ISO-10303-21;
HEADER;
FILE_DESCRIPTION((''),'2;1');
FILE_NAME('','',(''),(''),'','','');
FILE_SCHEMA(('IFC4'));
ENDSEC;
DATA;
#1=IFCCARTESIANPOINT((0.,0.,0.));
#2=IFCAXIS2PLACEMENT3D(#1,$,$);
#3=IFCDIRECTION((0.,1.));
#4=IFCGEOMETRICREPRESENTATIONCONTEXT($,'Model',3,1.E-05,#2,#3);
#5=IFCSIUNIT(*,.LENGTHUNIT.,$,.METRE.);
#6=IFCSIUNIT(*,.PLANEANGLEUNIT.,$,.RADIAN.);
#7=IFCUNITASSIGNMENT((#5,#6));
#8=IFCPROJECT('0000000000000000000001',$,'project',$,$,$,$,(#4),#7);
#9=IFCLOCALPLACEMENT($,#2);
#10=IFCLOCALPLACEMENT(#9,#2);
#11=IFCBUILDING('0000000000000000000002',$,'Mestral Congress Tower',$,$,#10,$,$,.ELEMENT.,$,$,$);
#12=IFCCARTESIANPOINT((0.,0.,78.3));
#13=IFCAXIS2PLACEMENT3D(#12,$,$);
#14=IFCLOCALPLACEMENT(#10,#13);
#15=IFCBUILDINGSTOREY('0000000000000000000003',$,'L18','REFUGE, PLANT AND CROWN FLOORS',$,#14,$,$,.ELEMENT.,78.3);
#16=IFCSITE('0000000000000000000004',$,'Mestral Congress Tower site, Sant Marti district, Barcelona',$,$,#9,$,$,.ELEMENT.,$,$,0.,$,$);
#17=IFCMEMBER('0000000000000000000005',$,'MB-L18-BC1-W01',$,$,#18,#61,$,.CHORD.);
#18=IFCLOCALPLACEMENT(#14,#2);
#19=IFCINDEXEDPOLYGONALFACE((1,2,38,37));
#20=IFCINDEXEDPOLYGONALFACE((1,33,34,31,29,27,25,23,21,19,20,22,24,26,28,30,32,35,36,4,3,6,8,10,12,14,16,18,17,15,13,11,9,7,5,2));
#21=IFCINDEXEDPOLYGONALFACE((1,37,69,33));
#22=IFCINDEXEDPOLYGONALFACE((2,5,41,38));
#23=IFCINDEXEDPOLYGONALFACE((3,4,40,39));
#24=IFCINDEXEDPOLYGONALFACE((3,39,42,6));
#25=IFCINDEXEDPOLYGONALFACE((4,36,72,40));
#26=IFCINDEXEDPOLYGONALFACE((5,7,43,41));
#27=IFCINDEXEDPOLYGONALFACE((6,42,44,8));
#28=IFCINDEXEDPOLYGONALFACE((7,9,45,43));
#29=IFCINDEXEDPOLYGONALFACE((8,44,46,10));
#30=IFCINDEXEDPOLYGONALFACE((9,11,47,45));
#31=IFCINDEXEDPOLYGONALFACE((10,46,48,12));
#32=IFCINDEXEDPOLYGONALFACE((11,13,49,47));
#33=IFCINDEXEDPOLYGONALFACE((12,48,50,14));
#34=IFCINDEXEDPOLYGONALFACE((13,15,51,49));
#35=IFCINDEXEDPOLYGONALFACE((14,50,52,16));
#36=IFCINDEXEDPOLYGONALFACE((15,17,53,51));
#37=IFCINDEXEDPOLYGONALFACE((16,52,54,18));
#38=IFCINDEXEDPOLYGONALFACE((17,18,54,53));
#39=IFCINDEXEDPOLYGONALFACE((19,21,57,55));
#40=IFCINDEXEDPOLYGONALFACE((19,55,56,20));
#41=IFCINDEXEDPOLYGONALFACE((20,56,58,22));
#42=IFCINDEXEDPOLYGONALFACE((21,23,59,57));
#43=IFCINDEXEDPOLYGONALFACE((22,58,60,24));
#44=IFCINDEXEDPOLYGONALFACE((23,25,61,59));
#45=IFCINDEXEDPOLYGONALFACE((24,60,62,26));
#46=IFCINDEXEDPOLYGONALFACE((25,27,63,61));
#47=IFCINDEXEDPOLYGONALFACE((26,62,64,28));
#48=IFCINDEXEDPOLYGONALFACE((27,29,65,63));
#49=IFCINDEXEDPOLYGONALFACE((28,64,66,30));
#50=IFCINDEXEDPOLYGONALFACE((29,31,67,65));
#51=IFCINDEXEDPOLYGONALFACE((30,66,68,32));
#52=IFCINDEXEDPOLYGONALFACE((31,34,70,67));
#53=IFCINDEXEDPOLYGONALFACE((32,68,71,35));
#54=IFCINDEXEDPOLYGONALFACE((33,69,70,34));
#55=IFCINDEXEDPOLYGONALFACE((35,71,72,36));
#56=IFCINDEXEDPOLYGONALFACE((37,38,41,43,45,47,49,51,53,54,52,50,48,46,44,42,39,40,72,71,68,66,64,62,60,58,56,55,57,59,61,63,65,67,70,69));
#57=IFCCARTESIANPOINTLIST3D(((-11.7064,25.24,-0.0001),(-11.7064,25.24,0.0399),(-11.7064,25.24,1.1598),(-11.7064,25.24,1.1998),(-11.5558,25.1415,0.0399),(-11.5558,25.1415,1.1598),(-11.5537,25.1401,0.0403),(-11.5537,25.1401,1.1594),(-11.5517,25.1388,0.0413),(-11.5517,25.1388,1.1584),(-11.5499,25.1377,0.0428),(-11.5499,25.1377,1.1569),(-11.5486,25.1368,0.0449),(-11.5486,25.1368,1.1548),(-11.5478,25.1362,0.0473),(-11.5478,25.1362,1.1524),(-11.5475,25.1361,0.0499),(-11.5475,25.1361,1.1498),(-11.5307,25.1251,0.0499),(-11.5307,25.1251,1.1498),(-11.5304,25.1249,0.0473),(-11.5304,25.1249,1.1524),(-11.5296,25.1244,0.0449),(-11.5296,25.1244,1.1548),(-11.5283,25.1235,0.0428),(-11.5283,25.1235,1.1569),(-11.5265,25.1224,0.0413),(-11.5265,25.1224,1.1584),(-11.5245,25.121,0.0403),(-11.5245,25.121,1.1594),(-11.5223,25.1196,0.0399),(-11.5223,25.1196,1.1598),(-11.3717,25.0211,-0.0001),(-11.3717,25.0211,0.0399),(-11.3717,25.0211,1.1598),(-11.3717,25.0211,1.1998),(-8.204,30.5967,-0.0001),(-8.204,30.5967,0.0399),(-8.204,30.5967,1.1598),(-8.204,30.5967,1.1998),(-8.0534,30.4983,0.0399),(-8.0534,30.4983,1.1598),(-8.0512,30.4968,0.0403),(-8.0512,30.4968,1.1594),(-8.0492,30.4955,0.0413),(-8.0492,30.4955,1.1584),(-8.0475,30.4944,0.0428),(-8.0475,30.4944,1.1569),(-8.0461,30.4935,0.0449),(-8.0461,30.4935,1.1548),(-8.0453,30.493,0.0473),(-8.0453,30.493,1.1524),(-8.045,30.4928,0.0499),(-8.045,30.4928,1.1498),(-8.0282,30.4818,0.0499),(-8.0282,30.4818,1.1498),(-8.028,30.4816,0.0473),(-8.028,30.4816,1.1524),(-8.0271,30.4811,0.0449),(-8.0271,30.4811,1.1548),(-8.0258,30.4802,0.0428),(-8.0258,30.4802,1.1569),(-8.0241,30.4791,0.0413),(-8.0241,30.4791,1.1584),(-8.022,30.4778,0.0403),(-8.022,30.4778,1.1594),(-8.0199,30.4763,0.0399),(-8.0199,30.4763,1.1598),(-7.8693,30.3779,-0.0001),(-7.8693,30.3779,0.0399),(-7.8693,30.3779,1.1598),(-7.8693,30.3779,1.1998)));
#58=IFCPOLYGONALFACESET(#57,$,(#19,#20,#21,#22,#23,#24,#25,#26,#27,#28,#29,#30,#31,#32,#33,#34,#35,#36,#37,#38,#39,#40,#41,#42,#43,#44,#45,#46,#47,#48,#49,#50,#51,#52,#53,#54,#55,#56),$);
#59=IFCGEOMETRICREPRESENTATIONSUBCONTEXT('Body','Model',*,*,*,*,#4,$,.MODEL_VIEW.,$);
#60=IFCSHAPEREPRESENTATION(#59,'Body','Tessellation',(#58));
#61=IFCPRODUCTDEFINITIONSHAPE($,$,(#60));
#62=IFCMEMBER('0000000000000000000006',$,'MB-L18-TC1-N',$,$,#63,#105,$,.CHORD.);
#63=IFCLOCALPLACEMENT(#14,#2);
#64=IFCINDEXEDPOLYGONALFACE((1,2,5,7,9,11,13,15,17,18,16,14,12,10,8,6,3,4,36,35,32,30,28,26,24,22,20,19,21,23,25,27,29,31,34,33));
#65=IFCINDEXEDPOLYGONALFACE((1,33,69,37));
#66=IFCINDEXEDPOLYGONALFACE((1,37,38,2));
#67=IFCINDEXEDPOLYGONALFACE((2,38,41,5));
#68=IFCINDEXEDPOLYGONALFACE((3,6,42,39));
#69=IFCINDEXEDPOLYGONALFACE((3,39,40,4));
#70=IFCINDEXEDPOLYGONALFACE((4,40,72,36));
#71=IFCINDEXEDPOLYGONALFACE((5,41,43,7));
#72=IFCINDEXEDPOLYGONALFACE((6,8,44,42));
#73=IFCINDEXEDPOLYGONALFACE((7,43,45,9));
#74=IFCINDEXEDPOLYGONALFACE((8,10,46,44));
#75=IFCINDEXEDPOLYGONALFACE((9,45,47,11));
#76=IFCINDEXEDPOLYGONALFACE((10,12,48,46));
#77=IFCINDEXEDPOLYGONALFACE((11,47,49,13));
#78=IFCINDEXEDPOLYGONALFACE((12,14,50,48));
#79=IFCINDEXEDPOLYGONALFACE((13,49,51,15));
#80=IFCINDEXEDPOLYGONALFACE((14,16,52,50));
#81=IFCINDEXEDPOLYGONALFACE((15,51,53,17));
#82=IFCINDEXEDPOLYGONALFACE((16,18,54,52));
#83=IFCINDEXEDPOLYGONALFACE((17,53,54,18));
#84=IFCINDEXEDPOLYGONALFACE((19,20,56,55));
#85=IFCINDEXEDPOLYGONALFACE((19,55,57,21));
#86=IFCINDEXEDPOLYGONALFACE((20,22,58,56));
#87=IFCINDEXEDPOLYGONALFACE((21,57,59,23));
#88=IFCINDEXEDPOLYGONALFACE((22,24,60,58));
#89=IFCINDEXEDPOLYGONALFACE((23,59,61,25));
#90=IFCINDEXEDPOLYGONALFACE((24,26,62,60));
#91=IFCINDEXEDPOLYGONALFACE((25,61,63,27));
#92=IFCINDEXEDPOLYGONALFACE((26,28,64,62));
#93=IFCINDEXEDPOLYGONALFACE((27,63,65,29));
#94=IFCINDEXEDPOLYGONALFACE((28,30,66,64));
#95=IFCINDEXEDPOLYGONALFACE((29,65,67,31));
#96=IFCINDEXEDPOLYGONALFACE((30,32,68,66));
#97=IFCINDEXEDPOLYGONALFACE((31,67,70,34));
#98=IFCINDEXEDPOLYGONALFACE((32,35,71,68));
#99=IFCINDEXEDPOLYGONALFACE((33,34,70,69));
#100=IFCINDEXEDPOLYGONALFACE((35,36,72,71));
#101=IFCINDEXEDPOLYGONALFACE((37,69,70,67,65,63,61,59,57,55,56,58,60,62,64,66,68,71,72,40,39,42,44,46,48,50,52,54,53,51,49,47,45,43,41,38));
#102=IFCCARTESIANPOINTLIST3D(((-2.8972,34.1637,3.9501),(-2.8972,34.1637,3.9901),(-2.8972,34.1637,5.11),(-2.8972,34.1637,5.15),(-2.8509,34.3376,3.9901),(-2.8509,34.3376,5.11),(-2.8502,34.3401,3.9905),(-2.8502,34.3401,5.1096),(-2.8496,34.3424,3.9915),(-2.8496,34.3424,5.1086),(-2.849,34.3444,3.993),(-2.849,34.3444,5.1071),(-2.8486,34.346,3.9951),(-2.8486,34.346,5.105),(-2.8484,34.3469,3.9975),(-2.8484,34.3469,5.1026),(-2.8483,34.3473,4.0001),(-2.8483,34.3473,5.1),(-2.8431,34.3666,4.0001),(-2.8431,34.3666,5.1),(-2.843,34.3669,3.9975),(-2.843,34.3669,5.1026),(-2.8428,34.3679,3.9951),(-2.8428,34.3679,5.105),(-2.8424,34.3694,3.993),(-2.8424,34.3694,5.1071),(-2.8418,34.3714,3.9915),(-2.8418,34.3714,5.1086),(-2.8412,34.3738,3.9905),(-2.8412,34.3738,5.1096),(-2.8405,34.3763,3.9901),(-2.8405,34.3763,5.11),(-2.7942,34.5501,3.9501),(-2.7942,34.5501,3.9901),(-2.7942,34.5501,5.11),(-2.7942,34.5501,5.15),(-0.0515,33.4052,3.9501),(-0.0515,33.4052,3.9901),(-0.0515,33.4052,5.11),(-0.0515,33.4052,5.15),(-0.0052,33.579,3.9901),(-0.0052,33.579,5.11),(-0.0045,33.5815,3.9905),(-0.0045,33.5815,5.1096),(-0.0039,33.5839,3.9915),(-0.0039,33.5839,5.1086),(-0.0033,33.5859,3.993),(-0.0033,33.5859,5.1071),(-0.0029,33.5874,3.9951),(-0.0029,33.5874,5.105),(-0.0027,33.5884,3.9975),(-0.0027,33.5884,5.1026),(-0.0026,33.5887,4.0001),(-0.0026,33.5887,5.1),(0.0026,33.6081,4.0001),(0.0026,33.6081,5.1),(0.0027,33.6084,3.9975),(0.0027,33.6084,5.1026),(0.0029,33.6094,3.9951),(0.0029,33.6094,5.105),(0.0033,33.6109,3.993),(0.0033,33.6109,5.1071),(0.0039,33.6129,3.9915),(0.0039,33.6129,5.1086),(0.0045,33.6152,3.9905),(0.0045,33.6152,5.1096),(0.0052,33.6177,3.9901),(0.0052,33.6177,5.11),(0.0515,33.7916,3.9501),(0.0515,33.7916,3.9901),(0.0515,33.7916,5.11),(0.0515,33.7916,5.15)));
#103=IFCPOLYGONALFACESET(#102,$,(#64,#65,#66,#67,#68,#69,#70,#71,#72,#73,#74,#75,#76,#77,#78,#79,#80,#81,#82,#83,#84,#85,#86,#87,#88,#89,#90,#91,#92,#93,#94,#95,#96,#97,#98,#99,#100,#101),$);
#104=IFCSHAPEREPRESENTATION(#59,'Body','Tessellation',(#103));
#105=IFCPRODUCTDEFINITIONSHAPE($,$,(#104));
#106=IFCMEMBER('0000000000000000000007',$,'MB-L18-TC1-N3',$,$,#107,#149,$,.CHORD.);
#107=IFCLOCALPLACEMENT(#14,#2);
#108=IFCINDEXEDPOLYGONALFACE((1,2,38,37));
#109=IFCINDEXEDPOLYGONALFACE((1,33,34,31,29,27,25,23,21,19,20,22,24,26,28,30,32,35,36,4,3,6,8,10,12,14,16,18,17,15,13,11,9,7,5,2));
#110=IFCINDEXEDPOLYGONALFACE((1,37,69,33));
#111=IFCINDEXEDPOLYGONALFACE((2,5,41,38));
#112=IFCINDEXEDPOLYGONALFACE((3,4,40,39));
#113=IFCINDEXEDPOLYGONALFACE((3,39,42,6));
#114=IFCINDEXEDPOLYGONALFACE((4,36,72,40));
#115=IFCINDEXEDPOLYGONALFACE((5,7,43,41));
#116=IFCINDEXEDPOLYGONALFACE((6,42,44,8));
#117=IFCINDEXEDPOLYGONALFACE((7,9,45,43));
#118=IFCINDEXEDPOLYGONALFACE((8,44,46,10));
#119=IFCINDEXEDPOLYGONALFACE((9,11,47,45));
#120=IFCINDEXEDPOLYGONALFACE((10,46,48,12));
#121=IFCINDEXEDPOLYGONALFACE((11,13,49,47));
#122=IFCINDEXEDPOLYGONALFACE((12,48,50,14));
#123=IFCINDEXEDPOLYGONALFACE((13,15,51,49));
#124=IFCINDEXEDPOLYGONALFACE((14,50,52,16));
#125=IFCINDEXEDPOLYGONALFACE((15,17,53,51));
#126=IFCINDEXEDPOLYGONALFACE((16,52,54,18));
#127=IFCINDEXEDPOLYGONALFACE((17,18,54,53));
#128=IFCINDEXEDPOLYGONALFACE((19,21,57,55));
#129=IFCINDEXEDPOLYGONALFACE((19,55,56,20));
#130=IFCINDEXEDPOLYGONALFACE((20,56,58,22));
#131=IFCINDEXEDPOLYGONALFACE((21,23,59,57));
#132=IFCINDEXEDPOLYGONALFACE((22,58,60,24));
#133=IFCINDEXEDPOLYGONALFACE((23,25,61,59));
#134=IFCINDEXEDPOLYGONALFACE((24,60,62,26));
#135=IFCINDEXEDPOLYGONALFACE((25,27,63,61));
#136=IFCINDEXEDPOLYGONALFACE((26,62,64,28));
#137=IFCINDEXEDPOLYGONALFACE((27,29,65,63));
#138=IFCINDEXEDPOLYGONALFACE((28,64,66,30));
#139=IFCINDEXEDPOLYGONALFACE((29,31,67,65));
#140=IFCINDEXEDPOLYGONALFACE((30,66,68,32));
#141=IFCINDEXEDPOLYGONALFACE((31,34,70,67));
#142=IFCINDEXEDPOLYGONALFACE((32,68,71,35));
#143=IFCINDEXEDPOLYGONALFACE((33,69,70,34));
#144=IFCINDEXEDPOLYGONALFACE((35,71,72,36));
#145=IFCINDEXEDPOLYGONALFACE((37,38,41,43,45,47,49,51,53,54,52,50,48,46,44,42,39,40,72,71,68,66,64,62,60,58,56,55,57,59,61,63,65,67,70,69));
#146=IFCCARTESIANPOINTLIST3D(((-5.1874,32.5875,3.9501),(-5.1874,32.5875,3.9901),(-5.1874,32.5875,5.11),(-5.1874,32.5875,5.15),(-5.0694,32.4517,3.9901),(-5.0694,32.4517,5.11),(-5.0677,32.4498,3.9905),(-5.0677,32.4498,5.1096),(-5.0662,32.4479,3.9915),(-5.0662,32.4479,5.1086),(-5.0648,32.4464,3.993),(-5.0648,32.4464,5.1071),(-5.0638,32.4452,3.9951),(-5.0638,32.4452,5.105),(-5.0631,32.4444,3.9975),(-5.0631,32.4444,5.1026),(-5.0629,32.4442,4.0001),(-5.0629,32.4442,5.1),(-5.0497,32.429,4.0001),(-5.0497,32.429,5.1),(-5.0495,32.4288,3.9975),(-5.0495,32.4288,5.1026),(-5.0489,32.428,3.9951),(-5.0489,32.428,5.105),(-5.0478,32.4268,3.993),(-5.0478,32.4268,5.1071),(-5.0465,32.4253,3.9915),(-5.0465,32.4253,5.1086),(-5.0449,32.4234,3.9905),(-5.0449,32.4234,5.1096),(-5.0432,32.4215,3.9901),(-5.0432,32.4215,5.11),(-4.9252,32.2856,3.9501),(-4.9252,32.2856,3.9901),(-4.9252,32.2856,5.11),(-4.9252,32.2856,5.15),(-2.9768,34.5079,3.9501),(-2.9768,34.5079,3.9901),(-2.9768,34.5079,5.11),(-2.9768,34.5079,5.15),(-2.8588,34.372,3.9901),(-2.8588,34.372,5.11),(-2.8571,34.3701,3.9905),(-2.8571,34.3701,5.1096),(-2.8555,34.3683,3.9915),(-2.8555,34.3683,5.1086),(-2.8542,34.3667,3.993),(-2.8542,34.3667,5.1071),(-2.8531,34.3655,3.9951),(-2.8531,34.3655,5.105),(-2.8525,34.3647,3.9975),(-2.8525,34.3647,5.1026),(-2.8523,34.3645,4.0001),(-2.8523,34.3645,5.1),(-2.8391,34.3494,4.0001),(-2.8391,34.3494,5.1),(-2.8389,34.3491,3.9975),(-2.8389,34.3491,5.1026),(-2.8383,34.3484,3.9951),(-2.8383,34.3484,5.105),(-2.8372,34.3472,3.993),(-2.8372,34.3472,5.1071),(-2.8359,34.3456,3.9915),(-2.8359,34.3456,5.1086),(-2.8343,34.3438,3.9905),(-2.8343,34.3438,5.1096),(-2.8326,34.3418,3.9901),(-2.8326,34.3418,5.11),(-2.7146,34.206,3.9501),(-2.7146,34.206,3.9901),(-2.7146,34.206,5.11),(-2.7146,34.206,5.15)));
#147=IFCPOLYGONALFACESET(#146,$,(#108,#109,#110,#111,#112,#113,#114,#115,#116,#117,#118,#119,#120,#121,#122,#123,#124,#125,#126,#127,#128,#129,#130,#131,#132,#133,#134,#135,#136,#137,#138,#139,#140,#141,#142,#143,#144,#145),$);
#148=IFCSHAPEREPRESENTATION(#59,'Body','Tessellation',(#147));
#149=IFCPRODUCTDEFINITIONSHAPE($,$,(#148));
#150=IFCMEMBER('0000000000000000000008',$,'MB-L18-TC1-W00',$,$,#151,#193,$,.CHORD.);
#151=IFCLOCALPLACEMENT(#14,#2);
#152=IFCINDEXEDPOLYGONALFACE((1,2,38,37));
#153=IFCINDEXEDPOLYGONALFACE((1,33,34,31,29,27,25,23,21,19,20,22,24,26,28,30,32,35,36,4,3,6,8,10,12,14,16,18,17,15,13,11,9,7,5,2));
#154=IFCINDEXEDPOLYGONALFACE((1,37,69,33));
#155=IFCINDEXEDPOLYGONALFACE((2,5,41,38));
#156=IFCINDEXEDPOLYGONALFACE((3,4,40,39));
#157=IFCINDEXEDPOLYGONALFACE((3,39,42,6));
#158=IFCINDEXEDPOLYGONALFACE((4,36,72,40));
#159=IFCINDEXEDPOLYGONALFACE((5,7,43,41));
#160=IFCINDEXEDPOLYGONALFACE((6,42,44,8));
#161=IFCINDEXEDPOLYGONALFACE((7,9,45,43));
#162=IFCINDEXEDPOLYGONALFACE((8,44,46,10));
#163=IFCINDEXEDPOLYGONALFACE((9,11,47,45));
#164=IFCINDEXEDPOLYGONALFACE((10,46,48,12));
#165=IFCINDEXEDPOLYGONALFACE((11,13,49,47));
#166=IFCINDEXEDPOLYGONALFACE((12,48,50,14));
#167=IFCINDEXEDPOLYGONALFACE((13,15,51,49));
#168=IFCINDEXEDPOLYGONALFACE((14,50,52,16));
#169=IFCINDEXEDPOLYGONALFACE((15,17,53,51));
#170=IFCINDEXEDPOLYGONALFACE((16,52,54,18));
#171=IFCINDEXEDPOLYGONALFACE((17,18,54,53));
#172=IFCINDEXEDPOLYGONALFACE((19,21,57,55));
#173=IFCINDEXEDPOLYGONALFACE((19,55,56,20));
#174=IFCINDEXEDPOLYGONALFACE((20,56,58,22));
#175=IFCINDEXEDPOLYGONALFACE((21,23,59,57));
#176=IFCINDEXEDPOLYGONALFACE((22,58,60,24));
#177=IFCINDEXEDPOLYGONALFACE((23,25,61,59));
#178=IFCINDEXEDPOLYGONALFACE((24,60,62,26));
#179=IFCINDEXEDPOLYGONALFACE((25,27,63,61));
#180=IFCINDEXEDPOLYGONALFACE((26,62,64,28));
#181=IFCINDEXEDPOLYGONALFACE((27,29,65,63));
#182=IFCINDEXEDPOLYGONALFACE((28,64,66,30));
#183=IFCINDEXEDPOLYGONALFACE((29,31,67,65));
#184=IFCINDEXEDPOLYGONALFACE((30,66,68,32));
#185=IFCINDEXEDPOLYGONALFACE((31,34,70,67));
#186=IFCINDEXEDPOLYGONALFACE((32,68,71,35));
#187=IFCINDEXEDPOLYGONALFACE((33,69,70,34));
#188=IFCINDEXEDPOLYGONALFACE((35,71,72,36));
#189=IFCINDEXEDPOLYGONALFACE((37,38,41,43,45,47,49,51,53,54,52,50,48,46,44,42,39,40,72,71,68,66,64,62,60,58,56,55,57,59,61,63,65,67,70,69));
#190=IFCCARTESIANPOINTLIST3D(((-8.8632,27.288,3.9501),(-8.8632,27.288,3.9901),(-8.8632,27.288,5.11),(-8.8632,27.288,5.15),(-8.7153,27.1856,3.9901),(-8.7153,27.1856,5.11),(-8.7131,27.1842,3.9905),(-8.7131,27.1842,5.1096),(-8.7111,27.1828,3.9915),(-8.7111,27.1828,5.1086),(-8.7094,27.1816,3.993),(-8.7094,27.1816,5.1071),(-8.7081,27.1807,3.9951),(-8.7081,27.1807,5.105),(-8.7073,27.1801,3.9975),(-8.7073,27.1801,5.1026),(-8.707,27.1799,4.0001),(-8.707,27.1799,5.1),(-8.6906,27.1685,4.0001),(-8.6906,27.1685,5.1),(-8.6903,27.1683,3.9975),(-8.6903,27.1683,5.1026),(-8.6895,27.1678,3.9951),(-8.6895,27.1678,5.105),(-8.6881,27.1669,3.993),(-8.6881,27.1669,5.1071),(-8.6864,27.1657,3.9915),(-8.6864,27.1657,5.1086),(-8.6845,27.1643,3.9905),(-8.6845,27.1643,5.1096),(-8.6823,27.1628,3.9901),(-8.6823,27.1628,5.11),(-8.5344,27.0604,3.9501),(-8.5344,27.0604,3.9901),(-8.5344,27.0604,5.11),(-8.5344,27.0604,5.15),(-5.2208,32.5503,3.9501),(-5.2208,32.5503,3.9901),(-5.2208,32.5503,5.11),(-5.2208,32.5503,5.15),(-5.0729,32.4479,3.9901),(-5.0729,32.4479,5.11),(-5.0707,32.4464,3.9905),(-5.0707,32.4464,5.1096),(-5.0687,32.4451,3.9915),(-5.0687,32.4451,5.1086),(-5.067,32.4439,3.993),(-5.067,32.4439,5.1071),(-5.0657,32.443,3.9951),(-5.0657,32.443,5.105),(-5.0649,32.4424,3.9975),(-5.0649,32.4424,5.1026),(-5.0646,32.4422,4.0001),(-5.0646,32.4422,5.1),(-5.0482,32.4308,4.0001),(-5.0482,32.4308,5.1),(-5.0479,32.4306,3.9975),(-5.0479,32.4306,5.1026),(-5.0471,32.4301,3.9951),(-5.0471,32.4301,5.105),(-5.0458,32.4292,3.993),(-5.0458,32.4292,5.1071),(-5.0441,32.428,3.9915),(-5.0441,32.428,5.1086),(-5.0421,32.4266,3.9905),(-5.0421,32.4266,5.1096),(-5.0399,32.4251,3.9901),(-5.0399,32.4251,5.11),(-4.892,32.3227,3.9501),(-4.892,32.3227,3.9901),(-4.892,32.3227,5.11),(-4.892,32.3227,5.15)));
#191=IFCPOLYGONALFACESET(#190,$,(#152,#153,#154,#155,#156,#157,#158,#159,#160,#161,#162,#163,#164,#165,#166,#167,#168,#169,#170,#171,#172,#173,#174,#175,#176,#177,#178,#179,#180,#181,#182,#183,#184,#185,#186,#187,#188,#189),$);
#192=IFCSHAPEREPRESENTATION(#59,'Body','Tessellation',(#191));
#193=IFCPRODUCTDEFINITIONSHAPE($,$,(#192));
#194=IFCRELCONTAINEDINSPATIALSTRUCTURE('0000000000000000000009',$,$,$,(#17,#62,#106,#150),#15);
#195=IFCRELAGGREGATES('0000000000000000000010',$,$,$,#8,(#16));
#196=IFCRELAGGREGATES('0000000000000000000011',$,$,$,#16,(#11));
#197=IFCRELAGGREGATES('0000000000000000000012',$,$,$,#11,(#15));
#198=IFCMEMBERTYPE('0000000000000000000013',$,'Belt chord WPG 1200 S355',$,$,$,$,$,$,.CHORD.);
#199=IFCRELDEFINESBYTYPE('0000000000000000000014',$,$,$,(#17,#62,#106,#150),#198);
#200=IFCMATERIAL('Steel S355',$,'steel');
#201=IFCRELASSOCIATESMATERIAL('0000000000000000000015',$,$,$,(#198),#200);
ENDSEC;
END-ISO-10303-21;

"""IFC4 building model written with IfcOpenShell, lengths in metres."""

from ifc_helpers import new_model, si_unit, direction, frame, origin, origin_2d, place, context, subcontext, project, spatial, i_section, extrude, material, material_profile, profile_set, type_object, element, save


model = new_model("IFC4")

# Units and contexts
model_context = context("Model", 3, precision=1e-05, world=origin(), true_north=direction((0.0, 1.0)))
body_context = subcontext(model_context, "Body", "Model", "MODEL_VIEW")
ifc_project = project(units=[si_unit("LENGTHUNIT", "METRE"), si_unit("PLANEANGLEUNIT", "RADIAN")], contexts=[model_context])

# Site, building, storey
site_placement = place(None, origin())
site = spatial("IfcSite", under=ifc_project, at=site_placement, Name="Mestral Congress Tower site, Sant Marti district, Barcelona", CompositionType="ELEMENT", RefElevation=0.0)
building_placement = place(site_placement, origin())
building = spatial("IfcBuilding", under=site, at=building_placement, Name="Mestral Congress Tower", CompositionType="ELEMENT")
storey_placement = place(building_placement, frame((0.0, 0.0, 78.3)))
storey = spatial("IfcBuildingStorey", under=building, at=storey_placement, Name="L18", Description="REFUGE, PLANT AND CROWN FLOORS", CompositionType="ELEMENT", Elevation=78.3)

# Members
ifc_material_1 = material(Name="Steel S355", Category="steel")
ifc_material_profile_1 = material_profile(ifc_material_1, i_section(OverallWidth=0.3999, OverallDepth=1.2, WebThickness=0.02, FlangeThickness=0.04, FilletRadius=0.01, at=origin_2d()), Name="WPG 1200")
ifc_profile_set_1 = profile_set([ifc_material_profile_1], Name="Steel S355")
member_type_1 = type_object("IfcMemberType", Name="Belt chord WPG 1200 S355", PredefinedType="CHORD", material=ifc_profile_set_1)
member_1_placement = place(storey_placement, frame((-8.0366, 30.4873, 0.5999), z_axis=(-0.547248, -0.83697, 0.0), x_axis=(0.83697, -0.547248, 0.0)))
element("IfcMember", 1, at=member_1_placement, inside=storey, type_object=member_type_1, Name="MB-L18-BC1-W01", PredefinedType="CHORD", context=body_context, shape_type="SweptSolid", body=[
    extrude(i_section(OverallWidth=0.3999, OverallDepth=1.2, WebThickness=0.02, FlangeThickness=0.04, FilletRadius=0.01, at=origin_2d()), origin(), (0.0, 0.0, 1.0), 6.4001),
])
member_2_placement = place(storey_placement, frame((0.0, 33.5984, 4.55), z_axis=(-0.966261, 0.257565, 0.0), x_axis=(-0.257565, -0.966261, 0.0)))
element("IfcMember", 2, at=member_2_placement, inside=storey, type_object=member_type_1, Name="MB-L18-TC1-N", PredefinedType="CHORD", context=body_context, shape_type="SweptSolid", body=[
    extrude(i_section(OverallWidth=0.3999, OverallDepth=1.2, WebThickness=0.02, FlangeThickness=0.04, FilletRadius=0.01, at=origin_2d()), origin(), (0.0, 0.0, 1.0), 2.9451),
])
member_3_placement = place(storey_placement, frame((-2.8457, 34.3569, 4.55), z_axis=(-0.754932, -0.655803, 0.0), x_axis=(0.655803, -0.754932, 0.0)))
element("IfcMember", 3, at=member_3_placement, inside=storey, type_object=member_type_1, Name="MB-L18-TC1-N3", PredefinedType="CHORD", context=body_context, shape_type="SweptSolid", body=[
    extrude(i_section(OverallWidth=0.3999, OverallDepth=1.2, WebThickness=0.02, FlangeThickness=0.04, FilletRadius=0.01, at=origin_2d()), origin(), (0.0, 0.0, 1.0), 2.9282),
])
for number, where, z_axis, x_axis, name in (
    (4, (-5.0564, 32.4365, 4.55), (-0.569133, -0.822246, 0.0), (0.822246, -0.569133, 0.0), "MB-L18-TC1-W00"),
):
    element("IfcMember", number, at=place(storey_placement, frame(where, z_axis=z_axis, x_axis=x_axis)), inside=storey, type_object=member_type_1, Name=name, PredefinedType="CHORD", context=body_context, shape_type="SweptSolid", body=[
        extrude(i_section(OverallWidth=0.3999, OverallDepth=1.2, WebThickness=0.02, FlangeThickness=0.04, FilletRadius=0.01, at=origin_2d()), origin(), (0.0, 0.0, 1.0), 6.3999),
    ])

save(model, "model.ifc")
